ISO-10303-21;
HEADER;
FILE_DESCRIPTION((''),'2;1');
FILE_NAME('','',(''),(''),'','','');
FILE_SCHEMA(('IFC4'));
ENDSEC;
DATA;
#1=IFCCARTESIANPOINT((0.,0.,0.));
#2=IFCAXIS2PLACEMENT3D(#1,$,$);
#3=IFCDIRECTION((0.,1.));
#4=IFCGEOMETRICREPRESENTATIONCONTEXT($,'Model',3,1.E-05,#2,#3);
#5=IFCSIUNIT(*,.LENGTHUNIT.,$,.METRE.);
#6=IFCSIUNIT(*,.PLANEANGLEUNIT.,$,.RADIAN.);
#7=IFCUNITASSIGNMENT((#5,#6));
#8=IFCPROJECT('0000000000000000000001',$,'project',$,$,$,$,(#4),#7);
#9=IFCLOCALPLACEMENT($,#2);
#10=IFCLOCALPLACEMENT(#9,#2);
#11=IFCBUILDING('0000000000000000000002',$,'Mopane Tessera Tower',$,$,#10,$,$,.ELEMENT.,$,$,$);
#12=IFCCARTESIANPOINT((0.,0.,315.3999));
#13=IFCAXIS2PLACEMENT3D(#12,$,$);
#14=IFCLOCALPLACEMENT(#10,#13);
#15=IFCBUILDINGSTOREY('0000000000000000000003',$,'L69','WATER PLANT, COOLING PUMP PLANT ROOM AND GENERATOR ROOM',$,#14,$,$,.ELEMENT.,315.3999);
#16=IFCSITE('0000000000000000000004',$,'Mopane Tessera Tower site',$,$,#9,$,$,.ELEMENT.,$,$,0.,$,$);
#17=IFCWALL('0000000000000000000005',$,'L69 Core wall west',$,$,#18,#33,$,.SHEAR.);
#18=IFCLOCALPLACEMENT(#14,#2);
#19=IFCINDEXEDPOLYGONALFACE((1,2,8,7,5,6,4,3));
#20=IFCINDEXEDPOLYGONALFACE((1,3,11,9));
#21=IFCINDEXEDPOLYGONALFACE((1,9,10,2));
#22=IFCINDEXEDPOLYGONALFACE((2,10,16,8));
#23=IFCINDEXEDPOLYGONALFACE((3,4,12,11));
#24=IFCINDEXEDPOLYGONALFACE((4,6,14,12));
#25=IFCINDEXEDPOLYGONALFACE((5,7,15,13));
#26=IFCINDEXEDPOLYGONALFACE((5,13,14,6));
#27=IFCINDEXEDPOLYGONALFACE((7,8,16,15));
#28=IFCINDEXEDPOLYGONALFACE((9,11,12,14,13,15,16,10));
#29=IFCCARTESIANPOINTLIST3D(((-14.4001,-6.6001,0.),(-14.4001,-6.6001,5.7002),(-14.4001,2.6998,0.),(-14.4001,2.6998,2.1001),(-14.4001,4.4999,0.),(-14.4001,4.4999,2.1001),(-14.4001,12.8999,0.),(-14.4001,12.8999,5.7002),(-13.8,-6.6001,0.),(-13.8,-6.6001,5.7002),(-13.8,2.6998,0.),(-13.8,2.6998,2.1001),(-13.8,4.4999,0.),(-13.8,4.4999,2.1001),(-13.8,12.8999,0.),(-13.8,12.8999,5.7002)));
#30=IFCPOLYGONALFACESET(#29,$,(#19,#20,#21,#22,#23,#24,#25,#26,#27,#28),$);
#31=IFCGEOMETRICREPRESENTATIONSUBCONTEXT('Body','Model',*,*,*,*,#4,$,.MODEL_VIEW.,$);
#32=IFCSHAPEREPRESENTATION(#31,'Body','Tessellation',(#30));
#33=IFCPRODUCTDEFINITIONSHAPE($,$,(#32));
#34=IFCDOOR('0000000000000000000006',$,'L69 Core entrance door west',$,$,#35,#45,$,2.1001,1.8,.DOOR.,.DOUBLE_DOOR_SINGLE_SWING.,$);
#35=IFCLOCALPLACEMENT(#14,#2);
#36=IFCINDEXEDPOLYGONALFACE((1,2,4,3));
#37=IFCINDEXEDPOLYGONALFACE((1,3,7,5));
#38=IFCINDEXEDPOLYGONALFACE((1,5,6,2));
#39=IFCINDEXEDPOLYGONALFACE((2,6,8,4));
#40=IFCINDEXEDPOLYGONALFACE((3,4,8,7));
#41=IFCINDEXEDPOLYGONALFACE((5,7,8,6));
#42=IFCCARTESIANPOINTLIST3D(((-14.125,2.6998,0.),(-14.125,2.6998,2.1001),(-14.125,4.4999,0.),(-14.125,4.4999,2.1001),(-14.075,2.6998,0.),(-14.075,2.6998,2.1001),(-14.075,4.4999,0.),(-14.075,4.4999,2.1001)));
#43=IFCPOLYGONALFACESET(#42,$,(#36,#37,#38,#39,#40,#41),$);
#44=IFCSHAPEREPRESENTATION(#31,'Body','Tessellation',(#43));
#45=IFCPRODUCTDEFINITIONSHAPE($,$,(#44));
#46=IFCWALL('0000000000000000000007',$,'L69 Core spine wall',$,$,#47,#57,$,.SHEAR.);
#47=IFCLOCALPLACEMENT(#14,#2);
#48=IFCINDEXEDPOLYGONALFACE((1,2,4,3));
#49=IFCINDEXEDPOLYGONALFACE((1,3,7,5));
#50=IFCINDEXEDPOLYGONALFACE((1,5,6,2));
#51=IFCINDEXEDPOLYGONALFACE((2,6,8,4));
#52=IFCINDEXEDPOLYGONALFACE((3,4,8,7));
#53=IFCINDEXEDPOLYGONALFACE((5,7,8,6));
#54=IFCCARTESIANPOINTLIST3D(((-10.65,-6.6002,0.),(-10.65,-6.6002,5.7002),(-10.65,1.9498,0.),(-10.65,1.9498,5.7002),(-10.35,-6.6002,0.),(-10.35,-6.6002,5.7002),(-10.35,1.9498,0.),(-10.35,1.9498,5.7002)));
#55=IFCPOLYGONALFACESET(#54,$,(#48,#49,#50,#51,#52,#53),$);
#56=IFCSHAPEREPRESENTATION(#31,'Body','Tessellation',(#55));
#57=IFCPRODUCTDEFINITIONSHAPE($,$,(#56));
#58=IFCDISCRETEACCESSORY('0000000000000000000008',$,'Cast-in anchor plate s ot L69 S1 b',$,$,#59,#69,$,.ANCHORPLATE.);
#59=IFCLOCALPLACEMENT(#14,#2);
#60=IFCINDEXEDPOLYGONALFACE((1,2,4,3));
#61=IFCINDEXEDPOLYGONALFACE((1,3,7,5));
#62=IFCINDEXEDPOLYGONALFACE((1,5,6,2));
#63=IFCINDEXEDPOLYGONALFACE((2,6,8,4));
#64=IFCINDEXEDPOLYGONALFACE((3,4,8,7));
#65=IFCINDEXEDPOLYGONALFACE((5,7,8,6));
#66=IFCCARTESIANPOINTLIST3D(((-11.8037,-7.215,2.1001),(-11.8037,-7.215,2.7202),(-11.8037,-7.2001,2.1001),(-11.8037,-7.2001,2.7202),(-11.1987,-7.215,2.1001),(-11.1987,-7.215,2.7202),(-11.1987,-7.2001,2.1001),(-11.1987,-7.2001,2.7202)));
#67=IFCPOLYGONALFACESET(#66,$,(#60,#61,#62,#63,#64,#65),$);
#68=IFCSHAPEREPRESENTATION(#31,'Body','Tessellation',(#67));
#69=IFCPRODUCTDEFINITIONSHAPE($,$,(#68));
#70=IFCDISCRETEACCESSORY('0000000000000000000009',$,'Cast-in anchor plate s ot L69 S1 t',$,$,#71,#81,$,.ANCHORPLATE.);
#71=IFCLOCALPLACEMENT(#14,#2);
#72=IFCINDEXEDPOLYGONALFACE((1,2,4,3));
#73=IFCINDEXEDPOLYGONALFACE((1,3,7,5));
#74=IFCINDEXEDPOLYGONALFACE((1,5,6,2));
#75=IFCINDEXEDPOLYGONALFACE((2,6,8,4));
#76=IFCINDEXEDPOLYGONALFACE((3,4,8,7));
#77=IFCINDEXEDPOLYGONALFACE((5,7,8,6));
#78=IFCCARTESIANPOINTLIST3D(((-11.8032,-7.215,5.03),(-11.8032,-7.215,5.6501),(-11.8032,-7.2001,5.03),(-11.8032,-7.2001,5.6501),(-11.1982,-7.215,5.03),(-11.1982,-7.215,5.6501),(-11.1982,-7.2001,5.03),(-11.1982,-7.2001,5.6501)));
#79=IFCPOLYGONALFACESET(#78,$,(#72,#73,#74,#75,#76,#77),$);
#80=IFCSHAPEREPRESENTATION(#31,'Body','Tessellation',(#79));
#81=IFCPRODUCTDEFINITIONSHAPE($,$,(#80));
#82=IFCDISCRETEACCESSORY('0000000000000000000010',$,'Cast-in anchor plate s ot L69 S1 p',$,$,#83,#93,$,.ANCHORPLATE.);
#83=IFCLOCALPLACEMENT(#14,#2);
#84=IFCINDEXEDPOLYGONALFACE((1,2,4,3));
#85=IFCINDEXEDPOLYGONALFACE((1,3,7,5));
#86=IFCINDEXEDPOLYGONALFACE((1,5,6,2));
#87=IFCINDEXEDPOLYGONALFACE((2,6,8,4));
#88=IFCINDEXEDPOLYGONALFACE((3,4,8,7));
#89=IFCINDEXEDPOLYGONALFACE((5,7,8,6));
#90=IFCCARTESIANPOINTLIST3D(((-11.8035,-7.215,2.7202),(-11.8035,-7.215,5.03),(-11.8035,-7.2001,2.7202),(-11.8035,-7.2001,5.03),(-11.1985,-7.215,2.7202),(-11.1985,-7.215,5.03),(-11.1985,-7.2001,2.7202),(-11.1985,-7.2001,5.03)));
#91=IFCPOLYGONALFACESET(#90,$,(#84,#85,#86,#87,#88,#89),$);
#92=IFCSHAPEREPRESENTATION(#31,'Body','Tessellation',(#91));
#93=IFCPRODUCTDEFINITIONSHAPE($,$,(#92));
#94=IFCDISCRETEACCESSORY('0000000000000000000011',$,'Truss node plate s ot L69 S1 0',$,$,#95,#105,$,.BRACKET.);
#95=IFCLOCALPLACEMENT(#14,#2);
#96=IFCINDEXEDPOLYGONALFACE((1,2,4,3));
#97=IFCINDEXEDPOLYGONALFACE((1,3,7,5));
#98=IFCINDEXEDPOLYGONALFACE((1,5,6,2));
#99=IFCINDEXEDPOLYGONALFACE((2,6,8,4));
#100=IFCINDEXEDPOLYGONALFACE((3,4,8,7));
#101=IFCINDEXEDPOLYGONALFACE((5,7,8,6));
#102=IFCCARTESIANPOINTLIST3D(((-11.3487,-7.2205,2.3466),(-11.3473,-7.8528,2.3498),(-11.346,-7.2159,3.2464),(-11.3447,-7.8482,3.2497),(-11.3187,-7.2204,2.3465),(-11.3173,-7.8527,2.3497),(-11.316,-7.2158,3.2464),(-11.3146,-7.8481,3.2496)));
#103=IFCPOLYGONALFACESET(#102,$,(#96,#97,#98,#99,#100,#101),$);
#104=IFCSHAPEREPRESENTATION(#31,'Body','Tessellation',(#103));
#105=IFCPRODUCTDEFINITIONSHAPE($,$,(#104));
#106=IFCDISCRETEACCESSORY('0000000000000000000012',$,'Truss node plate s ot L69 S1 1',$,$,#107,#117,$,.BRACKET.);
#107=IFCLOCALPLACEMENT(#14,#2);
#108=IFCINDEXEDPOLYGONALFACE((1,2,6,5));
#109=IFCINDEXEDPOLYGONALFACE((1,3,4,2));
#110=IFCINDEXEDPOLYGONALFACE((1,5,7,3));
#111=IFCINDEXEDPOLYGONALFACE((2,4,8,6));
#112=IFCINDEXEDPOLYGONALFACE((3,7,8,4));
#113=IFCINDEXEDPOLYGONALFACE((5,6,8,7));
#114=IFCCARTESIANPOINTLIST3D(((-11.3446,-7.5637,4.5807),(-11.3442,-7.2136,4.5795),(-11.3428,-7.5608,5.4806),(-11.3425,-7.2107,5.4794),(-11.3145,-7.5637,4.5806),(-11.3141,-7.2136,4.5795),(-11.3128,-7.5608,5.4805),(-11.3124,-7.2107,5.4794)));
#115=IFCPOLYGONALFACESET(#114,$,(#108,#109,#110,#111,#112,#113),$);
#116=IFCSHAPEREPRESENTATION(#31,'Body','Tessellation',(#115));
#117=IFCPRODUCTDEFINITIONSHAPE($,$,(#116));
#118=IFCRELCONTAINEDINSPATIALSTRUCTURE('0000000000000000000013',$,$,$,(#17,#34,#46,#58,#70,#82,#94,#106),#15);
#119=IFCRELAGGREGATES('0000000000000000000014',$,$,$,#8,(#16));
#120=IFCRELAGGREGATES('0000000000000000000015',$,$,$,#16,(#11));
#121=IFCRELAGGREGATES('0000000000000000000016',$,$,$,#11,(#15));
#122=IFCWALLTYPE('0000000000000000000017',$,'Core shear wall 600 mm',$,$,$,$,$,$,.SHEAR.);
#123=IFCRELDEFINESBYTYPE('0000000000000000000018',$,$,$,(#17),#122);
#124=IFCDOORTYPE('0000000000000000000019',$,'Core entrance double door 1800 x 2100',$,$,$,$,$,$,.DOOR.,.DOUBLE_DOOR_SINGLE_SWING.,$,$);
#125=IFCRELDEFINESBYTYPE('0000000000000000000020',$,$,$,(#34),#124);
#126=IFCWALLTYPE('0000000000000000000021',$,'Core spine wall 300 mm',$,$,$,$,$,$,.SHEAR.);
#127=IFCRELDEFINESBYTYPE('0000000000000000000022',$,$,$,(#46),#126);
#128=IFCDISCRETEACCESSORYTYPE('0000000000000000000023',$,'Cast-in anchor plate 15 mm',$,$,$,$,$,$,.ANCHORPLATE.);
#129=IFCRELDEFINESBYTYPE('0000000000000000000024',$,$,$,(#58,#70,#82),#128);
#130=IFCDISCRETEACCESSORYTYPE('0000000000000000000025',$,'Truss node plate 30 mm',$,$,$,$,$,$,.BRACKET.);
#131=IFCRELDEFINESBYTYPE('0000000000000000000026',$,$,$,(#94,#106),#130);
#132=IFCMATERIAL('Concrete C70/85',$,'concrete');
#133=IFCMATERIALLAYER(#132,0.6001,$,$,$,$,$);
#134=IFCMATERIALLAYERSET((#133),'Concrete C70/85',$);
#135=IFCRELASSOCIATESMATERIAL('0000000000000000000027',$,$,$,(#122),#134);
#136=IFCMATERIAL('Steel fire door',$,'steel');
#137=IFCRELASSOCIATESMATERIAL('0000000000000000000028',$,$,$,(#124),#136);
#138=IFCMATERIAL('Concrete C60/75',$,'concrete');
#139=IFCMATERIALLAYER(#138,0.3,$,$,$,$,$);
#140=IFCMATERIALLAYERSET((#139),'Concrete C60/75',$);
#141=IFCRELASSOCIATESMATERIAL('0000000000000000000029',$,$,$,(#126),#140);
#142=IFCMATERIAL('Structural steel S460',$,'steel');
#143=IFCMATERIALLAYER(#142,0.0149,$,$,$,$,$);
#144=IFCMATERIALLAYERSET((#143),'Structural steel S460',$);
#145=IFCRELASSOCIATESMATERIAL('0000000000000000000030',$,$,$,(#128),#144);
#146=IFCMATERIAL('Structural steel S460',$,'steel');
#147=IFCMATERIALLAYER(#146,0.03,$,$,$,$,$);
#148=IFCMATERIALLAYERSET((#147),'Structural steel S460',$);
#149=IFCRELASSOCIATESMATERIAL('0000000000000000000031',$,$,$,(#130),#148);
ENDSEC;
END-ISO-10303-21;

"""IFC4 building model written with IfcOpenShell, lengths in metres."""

from ifc_helpers import new_model, si_unit, direction, frame, frame_2d, origin, origin_2d, place, context, subcontext, project, spatial, rectangle, extrude, material, layer, layer_set, type_object, element, fill, save


model = new_model("IFC4")

# Units and contexts
model_context = context("Model", 3, precision=1e-05, world=origin(), true_north=direction((0.0, 1.0)))
body_context = subcontext(model_context, "Body", "Model", "MODEL_VIEW")
ifc_project = project(units=[si_unit("LENGTHUNIT", "METRE"), si_unit("PLANEANGLEUNIT", "RADIAN")], contexts=[model_context])

# Site, building, storey
site_placement = place(None, origin())
site = spatial("IfcSite", under=ifc_project, at=site_placement, Name="Mopane Tessera Tower site", CompositionType="ELEMENT", RefElevation=0.0)
building_placement = place(site_placement, origin())
building = spatial("IfcBuilding", under=site, at=building_placement, Name="Mopane Tessera Tower", CompositionType="ELEMENT")
storey_placement = place(building_placement, frame((0.0, 0.0, 315.3999)))
storey = spatial("IfcBuildingStorey", under=building, at=storey_placement, Name="L69", Description="WATER PLANT, COOLING PUMP PLANT ROOM AND GENERATOR ROOM", CompositionType="ELEMENT", Elevation=315.3999)

# Shared definitions
ifc_material_1 = material(Name="Concrete C70/85", Category="concrete")
ifc_layer_1 = layer(ifc_material_1, 0.6001)
ifc_layer_set_1 = layer_set([ifc_layer_1], Name="Concrete C70/85")
wall_type_1 = type_object("IfcWallType", Name="Core shear wall 600 mm", PredefinedType="SHEAR", material=ifc_layer_set_1)
ifc_material_2 = material(Name="Steel fire door", Category="steel")
door_type_1 = type_object("IfcDoorType", Name="Core entrance double door 1800 x 2100", OperationType="DOUBLE_DOOR_SINGLE_SWING", PredefinedType="DOOR", material=ifc_material_2)

# Wall, opening, door
wall_1_placement = place(storey_placement, frame((-14.1001, -6.6001, 0.0), z_axis=(0.0, 0.0, 1.0), x_axis=(0.0, 1.0, 0.0)))
wall_1 = element("IfcWall", 1, at=wall_1_placement, inside=storey, type_object=wall_type_1, Name="L69 Core wall west", PredefinedType="SHEAR", context=body_context, shape_type="SweptSolid", body=[
    extrude(rectangle(XDim=19.5, YDim=0.6001, at=frame_2d((9.75, 0.0))), origin(), (0.0, 0.0, 1.0), 5.7002),
])
opening_1_placement = place(wall_1_placement, frame((9.3, 0.0, 0.0)))
opening_1 = element("IfcOpeningElement", 2, at=opening_1_placement, cuts=wall_1, PredefinedType="OPENING", context=body_context, shape_type="SweptSolid", body=[
    extrude(rectangle(XDim=1.8, YDim=2.1001, at=frame_2d((0.8999, 1.05))), frame((0.0, 0.312, 0.0), z_axis=(0.0, -1.0, 0.0), x_axis=(1.0, 0.0, 0.0)), (0.0, 0.0, 1.0), 0.624),
])
door_1_placement = place(opening_1_placement, origin())
door_1 = element("IfcDoor", 3, at=door_1_placement, inside=storey, type_object=door_type_1, Name="L69 Core entrance door west", OperationType="DOUBLE_DOOR_SINGLE_SWING", OverallHeight=2.1001, OverallWidth=1.8, PredefinedType="DOOR", context=body_context, shape_type="SweptSolid", body=[
    extrude(rectangle(XDim=1.8, YDim=2.1001, at=frame_2d((0.8999, 1.05))), frame((0.0, 0.0249, 0.0), z_axis=(0.0, -1.0, 0.0), x_axis=(1.0, 0.0, 0.0)), (0.0, 0.0, 1.0), 0.05),
])
fill(opening_1, door_1)

# Wall
ifc_material_3 = material(Name="Concrete C60/75", Category="concrete")
ifc_layer_2 = layer(ifc_material_3, 0.3)
ifc_layer_set_2 = layer_set([ifc_layer_2], Name="Concrete C60/75")
wall_type_2 = type_object("IfcWallType", Name="Core spine wall 300 mm", PredefinedType="SHEAR", material=ifc_layer_set_2)
wall_2_placement = place(storey_placement, frame((-10.5, -6.6001, 0.0), z_axis=(0.0, 0.0, 1.0), x_axis=(0.0, 1.0, 0.0)))
element("IfcWall", 4, at=wall_2_placement, inside=storey, type_object=wall_type_2, Name="L69 Core spine wall", PredefinedType="SHEAR", context=body_context, shape_type="SweptSolid", body=[
    extrude(rectangle(XDim=8.55, YDim=0.3, at=frame_2d((4.2749, 0.0))), origin(), (0.0, 0.0, 1.0), 5.7002),
])

# Discrete accessories
ifc_material_4 = material(Name="Structural steel S460", Category="steel")
ifc_layer_3 = layer(ifc_material_4, 0.0149)
ifc_layer_set_3 = layer_set([ifc_layer_3], Name="Structural steel S460")
discrete_accessory_type_1 = type_object("IfcDiscreteAccessoryType", Name="Cast-in anchor plate 15 mm", PredefinedType="ANCHORPLATE", material=ifc_layer_set_3)
for number, where, z_axis, x_axis, name in (
    (5, (-11.5012, -7.2075, 2.1001), (0.0, 0.0, 1.0), (0.0, -1.0, 0.0), "Cast-in anchor plate s ot L69 S1 b"),
    (6, (-11.5007, -7.2075, 5.03), (0.0, 0.0, 1.0), (0.0, -1.0, 0.0), "Cast-in anchor plate s ot L69 S1 t"),
):
    element("IfcDiscreteAccessory", number, at=place(storey_placement, frame(where, z_axis=z_axis, x_axis=x_axis)), inside=storey, type_object=discrete_accessory_type_1, Name=name, PredefinedType="ANCHORPLATE", context=body_context, shape_type="SweptSolid", body=[
        extrude(rectangle(XDim=0.0149, YDim=0.605, at=origin_2d()), origin(), (0.0, 0.0, 1.0), 0.6201),
    ])
discrete_accessory_1_placement = place(storey_placement, frame((-11.501, -7.2075, 2.7202), z_axis=(0.0, 0.0, 1.0), x_axis=(0.0, -1.0, 0.0)))
element("IfcDiscreteAccessory", 7, at=discrete_accessory_1_placement, inside=storey, type_object=discrete_accessory_type_1, Name="Cast-in anchor plate s ot L69 S1 p", PredefinedType="ANCHORPLATE", context=body_context, shape_type="SweptSolid", body=[
    extrude(rectangle(XDim=0.0149, YDim=0.605, at=origin_2d()), origin(), (0.0, 0.0, 1.0), 2.3098),
])
ifc_material_5 = material(Name="Structural steel S460", Category="steel")
ifc_layer_4 = layer(ifc_material_5, 0.03)
ifc_layer_set_4 = layer_set([ifc_layer_4], Name="Structural steel S460")
discrete_accessory_type_2 = type_object("IfcDiscreteAccessoryType", Name="Truss node plate 30 mm", PredefinedType="BRACKET", material=ifc_layer_set_4)
discrete_accessory_2_placement = place(storey_placement, frame((-11.333, -7.5366, 2.3481), z_axis=(0.002984, 0.005155, 0.999982), x_axis=(0.999993, 0.00215, -0.002995)))
element("IfcDiscreteAccessory", 8, at=discrete_accessory_2_placement, inside=storey, type_object=discrete_accessory_type_2, Name="Truss node plate s ot L69 S1 0", PredefinedType="BRACKET", context=body_context, shape_type="SweptSolid", body=[
    extrude(rectangle(XDim=0.03, YDim=0.6323, at=origin_2d()), origin(), (0.0, 0.0, 1.0), 0.8999),
])
discrete_accessory_3_placement = place(storey_placement, frame((-11.3293, -7.3887, 4.5801), z_axis=(0.001899, 0.003256, 0.999993), x_axis=(0.999998, -0.001119, -0.001895)))
element("IfcDiscreteAccessory", 9, at=discrete_accessory_3_placement, inside=storey, type_object=discrete_accessory_type_2, Name="Truss node plate s ot L69 S1 1", PredefinedType="BRACKET", context=body_context, shape_type="SweptSolid", body=[
    extrude(rectangle(XDim=0.03, YDim=0.3501, at=origin_2d()), origin(), (0.0, 0.0, 1.0), 0.8999),
])

save(model, "model.ifc")
